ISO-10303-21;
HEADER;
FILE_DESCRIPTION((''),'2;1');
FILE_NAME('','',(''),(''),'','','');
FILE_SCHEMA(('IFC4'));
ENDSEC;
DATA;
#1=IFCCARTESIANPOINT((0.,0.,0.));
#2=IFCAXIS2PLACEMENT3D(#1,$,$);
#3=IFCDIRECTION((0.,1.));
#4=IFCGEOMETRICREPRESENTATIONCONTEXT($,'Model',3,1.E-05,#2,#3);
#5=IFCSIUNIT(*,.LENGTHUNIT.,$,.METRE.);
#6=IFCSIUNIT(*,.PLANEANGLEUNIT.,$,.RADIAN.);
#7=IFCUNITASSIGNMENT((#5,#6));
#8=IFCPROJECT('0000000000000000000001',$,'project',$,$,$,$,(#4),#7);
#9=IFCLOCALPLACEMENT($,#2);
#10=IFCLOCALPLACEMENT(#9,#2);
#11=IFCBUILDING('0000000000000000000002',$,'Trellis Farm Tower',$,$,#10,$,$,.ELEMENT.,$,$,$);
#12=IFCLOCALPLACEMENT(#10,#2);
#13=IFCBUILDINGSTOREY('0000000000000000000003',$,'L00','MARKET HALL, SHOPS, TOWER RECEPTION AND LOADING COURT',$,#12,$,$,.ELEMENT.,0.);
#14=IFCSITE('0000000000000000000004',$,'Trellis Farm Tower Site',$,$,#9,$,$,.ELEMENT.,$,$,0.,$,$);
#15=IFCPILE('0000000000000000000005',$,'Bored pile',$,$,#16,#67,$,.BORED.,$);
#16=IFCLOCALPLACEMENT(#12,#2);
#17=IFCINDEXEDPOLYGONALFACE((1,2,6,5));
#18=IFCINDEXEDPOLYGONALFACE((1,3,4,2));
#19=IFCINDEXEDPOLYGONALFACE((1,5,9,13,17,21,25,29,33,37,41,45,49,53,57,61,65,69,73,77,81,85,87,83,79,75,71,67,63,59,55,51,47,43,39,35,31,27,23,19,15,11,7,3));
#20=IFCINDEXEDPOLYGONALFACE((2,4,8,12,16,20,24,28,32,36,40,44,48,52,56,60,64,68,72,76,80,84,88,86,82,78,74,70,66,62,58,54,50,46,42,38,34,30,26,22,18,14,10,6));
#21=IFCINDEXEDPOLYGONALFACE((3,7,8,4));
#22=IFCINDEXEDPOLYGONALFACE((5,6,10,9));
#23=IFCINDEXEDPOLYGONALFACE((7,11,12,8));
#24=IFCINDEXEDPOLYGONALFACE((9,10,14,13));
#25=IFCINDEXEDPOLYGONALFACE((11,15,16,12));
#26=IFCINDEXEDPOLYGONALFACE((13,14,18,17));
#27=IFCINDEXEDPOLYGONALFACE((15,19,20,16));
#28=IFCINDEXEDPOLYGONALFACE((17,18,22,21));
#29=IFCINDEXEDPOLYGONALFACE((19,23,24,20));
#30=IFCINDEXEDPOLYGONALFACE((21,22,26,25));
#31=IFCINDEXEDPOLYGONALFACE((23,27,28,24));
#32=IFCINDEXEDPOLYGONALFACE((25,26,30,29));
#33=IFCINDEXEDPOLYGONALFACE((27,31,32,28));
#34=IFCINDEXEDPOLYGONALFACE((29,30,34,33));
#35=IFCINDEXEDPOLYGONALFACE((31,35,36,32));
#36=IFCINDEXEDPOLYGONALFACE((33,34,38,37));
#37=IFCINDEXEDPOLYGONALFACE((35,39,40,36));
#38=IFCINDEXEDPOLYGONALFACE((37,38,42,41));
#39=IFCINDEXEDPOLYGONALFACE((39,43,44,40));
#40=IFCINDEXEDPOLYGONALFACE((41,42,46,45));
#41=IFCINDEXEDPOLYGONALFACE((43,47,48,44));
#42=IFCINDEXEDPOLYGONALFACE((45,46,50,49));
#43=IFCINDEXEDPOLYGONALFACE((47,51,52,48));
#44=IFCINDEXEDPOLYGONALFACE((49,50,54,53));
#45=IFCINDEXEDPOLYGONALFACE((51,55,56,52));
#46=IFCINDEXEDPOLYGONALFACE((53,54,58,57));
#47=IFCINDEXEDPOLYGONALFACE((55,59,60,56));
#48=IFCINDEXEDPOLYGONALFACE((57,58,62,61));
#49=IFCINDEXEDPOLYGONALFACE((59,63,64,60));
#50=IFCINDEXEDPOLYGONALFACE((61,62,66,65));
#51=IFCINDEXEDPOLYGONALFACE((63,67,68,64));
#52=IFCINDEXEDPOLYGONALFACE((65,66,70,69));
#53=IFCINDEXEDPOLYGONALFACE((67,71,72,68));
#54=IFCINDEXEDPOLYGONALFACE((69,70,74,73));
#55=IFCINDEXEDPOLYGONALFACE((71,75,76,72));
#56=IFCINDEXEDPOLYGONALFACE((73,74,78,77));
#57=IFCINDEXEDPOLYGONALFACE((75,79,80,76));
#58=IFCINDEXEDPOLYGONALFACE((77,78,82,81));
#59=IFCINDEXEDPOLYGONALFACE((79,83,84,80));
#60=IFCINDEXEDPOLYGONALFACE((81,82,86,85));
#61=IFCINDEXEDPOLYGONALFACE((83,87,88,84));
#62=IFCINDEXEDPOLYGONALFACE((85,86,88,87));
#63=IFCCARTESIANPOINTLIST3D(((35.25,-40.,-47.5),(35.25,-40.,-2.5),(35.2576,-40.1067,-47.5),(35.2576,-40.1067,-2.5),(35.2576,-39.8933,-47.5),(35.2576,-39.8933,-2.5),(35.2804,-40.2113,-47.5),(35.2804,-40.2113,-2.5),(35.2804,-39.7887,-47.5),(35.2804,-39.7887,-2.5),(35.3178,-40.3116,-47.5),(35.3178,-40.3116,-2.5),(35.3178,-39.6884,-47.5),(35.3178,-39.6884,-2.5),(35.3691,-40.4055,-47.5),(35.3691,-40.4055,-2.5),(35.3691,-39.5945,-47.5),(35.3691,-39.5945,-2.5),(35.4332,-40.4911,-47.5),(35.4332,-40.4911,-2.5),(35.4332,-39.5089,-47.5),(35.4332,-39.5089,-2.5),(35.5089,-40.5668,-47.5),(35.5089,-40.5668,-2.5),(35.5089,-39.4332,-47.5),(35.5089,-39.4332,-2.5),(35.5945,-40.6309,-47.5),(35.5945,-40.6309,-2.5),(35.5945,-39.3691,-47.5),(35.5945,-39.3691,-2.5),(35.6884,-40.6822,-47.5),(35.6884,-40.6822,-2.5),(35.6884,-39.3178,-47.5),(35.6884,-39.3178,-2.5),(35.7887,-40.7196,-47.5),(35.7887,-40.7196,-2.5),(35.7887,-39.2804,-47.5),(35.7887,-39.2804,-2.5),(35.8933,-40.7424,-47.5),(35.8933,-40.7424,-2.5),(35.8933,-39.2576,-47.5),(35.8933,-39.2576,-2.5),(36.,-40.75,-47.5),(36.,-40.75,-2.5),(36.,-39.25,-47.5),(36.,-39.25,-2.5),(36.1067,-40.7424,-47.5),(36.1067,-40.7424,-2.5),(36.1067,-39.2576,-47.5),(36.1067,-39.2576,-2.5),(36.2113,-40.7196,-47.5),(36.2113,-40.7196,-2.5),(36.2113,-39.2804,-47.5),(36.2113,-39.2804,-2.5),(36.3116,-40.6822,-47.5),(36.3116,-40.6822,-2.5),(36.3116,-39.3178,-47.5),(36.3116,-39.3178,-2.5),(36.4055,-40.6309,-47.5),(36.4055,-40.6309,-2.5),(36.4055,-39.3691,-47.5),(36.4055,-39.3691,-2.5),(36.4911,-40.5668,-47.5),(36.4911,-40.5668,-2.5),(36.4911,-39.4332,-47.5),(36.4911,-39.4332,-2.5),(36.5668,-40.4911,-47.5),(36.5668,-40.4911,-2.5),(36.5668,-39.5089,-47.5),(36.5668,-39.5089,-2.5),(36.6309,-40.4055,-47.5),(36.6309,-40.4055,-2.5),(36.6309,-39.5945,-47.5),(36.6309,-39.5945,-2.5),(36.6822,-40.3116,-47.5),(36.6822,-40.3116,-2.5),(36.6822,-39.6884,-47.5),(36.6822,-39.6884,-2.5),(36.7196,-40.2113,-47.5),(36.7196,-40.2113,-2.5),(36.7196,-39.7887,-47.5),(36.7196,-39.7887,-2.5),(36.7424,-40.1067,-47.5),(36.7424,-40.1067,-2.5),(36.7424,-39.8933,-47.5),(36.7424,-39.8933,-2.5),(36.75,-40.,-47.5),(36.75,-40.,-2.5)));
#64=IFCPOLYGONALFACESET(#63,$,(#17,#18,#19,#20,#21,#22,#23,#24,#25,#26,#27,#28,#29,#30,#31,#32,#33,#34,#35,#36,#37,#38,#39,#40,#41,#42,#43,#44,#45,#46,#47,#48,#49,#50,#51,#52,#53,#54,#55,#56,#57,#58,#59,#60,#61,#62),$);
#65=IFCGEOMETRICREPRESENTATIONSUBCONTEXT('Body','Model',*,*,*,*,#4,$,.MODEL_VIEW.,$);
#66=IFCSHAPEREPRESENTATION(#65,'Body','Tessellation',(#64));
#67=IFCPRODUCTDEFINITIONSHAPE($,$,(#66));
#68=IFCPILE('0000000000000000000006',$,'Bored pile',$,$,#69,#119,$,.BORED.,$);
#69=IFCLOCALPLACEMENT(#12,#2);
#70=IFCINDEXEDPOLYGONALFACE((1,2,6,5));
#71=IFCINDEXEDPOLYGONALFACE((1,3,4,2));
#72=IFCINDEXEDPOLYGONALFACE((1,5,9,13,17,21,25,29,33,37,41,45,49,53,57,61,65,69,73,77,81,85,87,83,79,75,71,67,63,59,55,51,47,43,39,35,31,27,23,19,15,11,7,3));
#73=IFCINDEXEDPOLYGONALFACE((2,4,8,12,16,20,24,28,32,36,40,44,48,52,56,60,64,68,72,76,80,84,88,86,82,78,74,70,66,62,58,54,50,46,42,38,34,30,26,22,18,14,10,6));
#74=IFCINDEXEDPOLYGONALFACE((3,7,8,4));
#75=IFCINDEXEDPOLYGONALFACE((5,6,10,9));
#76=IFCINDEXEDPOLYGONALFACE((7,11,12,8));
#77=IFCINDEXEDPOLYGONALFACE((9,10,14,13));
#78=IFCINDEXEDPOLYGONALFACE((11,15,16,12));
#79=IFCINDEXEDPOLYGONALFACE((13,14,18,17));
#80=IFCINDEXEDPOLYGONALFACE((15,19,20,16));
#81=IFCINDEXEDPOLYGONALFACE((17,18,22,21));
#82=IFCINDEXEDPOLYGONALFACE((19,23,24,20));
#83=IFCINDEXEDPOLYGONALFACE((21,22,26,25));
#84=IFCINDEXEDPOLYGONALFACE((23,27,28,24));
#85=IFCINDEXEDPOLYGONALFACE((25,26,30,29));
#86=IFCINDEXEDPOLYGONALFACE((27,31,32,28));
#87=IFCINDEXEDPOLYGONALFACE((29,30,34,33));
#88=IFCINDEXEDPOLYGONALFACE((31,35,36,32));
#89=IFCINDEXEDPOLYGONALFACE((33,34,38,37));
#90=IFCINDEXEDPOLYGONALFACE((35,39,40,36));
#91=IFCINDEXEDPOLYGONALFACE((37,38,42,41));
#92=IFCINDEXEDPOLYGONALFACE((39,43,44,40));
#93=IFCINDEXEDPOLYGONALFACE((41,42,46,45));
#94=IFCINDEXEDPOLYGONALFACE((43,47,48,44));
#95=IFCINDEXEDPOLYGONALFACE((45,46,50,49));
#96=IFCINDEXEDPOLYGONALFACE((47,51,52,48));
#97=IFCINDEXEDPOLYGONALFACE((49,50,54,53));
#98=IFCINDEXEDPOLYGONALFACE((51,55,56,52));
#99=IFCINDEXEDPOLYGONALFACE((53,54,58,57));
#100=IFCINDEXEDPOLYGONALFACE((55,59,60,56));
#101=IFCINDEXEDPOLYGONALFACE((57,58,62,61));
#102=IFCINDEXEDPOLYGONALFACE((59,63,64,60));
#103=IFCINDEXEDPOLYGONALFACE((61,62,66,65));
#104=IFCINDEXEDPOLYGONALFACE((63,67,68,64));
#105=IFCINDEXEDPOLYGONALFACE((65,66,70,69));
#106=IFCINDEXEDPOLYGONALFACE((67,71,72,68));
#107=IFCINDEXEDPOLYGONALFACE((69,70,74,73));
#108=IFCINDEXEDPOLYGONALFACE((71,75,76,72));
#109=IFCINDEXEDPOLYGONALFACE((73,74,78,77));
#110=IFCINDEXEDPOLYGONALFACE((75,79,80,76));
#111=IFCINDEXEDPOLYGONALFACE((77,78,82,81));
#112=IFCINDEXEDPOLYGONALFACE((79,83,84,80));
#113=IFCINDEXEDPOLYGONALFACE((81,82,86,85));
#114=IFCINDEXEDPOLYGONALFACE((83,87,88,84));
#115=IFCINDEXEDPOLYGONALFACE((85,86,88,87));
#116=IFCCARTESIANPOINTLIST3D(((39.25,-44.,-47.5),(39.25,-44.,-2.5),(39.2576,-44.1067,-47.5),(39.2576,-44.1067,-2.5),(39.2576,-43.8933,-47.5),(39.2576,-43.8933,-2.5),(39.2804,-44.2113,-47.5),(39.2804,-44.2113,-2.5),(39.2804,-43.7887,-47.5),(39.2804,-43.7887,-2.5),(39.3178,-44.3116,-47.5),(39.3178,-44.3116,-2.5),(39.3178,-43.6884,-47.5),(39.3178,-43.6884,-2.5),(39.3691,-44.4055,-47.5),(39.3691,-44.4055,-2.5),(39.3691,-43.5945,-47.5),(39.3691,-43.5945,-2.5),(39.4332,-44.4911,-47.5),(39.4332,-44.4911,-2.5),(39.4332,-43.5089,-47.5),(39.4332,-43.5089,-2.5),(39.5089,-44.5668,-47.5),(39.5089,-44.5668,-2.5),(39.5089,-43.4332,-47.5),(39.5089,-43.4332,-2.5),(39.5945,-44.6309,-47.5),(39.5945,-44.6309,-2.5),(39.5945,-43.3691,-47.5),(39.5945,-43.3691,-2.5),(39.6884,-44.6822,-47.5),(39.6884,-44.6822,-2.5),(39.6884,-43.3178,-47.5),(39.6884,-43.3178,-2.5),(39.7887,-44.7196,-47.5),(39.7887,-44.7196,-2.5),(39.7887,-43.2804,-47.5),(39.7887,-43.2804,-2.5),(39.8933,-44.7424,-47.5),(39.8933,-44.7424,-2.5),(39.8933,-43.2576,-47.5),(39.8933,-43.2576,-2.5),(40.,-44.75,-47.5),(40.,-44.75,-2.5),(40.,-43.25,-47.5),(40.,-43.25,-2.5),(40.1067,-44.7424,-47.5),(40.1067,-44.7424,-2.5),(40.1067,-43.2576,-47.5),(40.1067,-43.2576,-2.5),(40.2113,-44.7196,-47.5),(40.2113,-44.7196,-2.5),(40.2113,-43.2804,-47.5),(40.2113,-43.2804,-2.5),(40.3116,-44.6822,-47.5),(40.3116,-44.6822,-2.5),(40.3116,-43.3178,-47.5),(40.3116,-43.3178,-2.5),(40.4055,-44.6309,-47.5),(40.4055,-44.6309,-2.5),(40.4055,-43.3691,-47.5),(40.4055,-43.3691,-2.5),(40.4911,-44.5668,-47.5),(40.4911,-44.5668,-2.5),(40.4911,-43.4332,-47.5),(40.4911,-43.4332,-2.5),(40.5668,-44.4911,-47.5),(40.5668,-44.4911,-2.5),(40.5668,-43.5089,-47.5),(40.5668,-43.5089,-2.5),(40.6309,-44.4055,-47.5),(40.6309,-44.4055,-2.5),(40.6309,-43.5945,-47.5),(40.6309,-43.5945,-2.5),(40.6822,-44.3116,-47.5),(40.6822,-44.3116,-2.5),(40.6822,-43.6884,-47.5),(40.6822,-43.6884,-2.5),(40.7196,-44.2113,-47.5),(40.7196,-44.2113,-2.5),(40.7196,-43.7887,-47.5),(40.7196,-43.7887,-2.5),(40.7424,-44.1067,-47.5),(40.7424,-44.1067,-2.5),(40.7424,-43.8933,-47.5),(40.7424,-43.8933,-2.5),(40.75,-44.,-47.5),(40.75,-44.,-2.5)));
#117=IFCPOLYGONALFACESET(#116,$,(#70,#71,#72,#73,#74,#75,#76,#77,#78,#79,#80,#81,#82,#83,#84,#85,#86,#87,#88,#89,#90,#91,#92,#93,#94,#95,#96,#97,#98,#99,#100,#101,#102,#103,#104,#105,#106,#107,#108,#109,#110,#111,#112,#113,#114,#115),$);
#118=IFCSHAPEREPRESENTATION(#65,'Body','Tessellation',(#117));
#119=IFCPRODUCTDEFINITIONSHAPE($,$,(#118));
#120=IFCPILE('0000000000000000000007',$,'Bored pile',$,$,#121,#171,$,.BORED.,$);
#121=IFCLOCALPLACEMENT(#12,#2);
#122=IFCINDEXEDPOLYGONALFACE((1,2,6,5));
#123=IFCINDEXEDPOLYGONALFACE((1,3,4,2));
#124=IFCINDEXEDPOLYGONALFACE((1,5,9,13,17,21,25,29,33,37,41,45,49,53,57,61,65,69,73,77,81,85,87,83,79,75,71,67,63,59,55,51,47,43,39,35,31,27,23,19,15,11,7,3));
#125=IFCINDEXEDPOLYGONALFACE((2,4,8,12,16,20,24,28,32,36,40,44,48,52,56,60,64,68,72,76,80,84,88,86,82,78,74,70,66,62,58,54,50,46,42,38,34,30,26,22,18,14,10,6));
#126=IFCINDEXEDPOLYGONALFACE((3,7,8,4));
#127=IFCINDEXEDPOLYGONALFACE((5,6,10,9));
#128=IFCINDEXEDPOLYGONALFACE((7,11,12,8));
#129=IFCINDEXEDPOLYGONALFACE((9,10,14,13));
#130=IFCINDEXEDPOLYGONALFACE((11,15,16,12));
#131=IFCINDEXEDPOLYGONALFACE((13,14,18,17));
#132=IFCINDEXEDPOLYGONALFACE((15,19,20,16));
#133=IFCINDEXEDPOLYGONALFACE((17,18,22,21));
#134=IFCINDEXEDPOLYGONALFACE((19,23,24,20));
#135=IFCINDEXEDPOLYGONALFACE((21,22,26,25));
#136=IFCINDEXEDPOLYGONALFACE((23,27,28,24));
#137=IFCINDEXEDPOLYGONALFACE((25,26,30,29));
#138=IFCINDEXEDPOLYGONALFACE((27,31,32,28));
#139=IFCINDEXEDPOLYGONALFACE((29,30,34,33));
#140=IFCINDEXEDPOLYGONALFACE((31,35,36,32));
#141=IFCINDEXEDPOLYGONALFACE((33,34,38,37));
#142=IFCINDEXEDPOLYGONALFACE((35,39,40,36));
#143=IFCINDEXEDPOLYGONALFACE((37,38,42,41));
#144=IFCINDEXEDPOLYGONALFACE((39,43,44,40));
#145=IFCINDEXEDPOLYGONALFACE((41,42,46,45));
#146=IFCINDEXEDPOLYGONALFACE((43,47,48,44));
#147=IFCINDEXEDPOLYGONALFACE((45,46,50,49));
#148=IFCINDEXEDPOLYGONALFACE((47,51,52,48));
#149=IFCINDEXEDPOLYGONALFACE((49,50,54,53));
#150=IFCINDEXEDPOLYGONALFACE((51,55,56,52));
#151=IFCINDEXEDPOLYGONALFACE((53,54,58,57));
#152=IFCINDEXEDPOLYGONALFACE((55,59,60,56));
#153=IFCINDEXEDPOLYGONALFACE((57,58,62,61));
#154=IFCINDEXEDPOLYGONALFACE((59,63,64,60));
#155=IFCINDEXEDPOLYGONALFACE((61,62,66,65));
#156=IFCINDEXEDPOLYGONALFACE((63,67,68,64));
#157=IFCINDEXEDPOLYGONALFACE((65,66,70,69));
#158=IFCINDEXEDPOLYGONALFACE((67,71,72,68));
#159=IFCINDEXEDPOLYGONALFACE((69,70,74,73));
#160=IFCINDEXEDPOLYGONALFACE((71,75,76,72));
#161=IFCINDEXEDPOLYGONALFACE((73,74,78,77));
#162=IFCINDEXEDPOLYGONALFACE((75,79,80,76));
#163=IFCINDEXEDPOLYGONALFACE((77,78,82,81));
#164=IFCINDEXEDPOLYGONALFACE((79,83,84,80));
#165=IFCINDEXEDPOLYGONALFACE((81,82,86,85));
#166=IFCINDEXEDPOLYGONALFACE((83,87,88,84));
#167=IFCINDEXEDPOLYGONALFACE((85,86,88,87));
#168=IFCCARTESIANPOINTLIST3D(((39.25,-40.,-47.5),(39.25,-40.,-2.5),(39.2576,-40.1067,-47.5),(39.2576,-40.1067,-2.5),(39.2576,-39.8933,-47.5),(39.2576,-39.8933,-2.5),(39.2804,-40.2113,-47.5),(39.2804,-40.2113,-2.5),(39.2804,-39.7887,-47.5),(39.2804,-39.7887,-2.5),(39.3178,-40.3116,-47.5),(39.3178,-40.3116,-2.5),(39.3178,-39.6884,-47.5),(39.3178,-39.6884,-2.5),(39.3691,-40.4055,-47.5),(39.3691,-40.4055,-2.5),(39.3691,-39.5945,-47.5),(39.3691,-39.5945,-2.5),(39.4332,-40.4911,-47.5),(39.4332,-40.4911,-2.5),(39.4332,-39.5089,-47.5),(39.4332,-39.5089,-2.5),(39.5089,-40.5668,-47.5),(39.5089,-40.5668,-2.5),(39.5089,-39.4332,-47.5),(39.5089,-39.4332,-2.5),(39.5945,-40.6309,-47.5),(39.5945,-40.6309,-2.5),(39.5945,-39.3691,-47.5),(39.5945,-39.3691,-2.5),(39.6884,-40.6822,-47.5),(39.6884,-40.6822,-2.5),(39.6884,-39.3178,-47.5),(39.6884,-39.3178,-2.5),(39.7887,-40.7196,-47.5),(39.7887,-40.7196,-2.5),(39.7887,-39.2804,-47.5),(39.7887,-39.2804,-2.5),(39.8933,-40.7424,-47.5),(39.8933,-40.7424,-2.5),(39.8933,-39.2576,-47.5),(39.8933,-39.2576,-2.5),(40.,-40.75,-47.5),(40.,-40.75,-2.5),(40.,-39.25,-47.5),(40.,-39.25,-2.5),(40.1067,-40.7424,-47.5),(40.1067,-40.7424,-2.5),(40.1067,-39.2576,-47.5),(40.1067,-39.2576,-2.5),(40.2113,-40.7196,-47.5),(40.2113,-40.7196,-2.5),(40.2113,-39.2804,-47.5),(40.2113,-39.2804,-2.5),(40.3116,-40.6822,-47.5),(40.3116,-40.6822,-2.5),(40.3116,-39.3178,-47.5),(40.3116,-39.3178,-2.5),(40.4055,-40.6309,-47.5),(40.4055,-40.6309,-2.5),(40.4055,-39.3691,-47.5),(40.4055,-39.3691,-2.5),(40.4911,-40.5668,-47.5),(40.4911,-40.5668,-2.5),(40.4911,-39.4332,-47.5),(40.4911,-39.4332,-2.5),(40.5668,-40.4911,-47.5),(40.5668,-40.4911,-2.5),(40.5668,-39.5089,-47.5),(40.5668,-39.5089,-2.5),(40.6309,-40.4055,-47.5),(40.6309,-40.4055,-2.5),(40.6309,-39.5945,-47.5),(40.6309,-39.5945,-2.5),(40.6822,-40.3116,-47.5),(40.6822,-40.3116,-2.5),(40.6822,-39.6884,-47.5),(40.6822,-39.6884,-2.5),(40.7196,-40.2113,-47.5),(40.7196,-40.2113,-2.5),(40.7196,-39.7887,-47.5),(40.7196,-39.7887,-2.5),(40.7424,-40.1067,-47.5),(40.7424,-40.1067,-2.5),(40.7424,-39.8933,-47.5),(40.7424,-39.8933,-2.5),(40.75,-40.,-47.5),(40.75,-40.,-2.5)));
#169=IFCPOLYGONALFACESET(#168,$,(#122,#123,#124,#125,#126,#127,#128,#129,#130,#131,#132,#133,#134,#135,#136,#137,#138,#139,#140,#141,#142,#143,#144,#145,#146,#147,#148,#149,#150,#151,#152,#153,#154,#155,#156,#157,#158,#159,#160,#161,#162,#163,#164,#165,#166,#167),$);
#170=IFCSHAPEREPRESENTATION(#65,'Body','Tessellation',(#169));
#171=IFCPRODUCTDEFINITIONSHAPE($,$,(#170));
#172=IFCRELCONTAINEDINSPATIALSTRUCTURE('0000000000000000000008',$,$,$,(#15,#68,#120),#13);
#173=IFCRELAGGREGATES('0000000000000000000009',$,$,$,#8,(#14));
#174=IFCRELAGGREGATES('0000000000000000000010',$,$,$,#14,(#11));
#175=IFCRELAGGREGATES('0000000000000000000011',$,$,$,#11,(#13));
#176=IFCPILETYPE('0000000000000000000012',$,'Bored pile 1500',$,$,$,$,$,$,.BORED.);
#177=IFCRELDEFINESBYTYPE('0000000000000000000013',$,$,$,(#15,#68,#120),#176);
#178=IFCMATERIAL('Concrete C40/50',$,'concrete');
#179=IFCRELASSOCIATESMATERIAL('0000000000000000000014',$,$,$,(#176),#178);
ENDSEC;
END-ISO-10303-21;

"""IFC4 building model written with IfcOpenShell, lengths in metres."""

from ifc_helpers import new_model, si_unit, direction, frame, origin, origin_2d, place, context, subcontext, project, spatial, circle, extrude, source, transform, mapped, material, material_profile, profile_set, type_object, element, save


model = new_model("IFC4")

# Units and contexts
model_context = context("Model", 3, precision=1e-05, world=origin(), true_north=direction((0.0, 1.0)))
body_context = subcontext(model_context, "Body", "Model", "MODEL_VIEW")
ifc_project = project(units=[si_unit("LENGTHUNIT", "METRE"), si_unit("PLANEANGLEUNIT", "RADIAN")], contexts=[model_context])

# Site, building, storey
site_placement = place(None, origin())
site = spatial("IfcSite", under=ifc_project, at=site_placement, Name="Trellis Farm Tower Site", CompositionType="ELEMENT", RefElevation=0.0)
building_placement = place(site_placement, origin())
building = spatial("IfcBuilding", under=site, at=building_placement, Name="Trellis Farm Tower", CompositionType="ELEMENT")
storey_placement = place(building_placement, origin())
storey = spatial("IfcBuildingStorey", under=building, at=storey_placement, Name="L00", Description="MARKET HALL, SHOPS, TOWER RECEPTION AND LOADING COURT", CompositionType="ELEMENT", Elevation=0.0)

# Piles
ifc_material_1 = material(Name="Concrete C40/50", Category="concrete")
ifc_material_profile_1 = material_profile(ifc_material_1, circle(Radius=0.75, at=origin_2d()), Name="Bored pile 1500")
ifc_profile_set_1 = profile_set([ifc_material_profile_1], Name="Concrete C40/50")
pile_type = type_object("IfcPileType", Name="Bored pile 1500", PredefinedType="BORED", material=ifc_profile_set_1)
shared_shape_1 = source(origin(), body_context, "Body", "SweptSolid", [
    extrude(circle(Radius=0.75, at=origin_2d()), origin(), (0.0, 0.0, 1.0), 45.0),
])
for number, where, z_axis, x_axis, name in (
    (1, (36.0, -40.0, -2.5), (0.0, 0.0, -1.0), (1.0, 0.0, 0.0), "Bored pile"),
    (2, (40.0, -44.0, -2.5), (0.0, 0.0, -1.0), (1.0, 0.0, 0.0), "Bored pile"),
    (3, (40.0, -40.0, -2.5), (0.0, 0.0, -1.0), (1.0, 0.0, 0.0), "Bored pile"),
):
    element("IfcPile", number, at=place(storey_placement, frame(where, z_axis=z_axis, x_axis=x_axis)), inside=storey, type_object=pile_type, Name=name, PredefinedType="BORED", context=body_context, shape_type="MappedRepresentation", body=[
        mapped(shared_shape_1, transform((0.0, 0.0, 0.0))),
    ])

save(model, "model.ifc")
